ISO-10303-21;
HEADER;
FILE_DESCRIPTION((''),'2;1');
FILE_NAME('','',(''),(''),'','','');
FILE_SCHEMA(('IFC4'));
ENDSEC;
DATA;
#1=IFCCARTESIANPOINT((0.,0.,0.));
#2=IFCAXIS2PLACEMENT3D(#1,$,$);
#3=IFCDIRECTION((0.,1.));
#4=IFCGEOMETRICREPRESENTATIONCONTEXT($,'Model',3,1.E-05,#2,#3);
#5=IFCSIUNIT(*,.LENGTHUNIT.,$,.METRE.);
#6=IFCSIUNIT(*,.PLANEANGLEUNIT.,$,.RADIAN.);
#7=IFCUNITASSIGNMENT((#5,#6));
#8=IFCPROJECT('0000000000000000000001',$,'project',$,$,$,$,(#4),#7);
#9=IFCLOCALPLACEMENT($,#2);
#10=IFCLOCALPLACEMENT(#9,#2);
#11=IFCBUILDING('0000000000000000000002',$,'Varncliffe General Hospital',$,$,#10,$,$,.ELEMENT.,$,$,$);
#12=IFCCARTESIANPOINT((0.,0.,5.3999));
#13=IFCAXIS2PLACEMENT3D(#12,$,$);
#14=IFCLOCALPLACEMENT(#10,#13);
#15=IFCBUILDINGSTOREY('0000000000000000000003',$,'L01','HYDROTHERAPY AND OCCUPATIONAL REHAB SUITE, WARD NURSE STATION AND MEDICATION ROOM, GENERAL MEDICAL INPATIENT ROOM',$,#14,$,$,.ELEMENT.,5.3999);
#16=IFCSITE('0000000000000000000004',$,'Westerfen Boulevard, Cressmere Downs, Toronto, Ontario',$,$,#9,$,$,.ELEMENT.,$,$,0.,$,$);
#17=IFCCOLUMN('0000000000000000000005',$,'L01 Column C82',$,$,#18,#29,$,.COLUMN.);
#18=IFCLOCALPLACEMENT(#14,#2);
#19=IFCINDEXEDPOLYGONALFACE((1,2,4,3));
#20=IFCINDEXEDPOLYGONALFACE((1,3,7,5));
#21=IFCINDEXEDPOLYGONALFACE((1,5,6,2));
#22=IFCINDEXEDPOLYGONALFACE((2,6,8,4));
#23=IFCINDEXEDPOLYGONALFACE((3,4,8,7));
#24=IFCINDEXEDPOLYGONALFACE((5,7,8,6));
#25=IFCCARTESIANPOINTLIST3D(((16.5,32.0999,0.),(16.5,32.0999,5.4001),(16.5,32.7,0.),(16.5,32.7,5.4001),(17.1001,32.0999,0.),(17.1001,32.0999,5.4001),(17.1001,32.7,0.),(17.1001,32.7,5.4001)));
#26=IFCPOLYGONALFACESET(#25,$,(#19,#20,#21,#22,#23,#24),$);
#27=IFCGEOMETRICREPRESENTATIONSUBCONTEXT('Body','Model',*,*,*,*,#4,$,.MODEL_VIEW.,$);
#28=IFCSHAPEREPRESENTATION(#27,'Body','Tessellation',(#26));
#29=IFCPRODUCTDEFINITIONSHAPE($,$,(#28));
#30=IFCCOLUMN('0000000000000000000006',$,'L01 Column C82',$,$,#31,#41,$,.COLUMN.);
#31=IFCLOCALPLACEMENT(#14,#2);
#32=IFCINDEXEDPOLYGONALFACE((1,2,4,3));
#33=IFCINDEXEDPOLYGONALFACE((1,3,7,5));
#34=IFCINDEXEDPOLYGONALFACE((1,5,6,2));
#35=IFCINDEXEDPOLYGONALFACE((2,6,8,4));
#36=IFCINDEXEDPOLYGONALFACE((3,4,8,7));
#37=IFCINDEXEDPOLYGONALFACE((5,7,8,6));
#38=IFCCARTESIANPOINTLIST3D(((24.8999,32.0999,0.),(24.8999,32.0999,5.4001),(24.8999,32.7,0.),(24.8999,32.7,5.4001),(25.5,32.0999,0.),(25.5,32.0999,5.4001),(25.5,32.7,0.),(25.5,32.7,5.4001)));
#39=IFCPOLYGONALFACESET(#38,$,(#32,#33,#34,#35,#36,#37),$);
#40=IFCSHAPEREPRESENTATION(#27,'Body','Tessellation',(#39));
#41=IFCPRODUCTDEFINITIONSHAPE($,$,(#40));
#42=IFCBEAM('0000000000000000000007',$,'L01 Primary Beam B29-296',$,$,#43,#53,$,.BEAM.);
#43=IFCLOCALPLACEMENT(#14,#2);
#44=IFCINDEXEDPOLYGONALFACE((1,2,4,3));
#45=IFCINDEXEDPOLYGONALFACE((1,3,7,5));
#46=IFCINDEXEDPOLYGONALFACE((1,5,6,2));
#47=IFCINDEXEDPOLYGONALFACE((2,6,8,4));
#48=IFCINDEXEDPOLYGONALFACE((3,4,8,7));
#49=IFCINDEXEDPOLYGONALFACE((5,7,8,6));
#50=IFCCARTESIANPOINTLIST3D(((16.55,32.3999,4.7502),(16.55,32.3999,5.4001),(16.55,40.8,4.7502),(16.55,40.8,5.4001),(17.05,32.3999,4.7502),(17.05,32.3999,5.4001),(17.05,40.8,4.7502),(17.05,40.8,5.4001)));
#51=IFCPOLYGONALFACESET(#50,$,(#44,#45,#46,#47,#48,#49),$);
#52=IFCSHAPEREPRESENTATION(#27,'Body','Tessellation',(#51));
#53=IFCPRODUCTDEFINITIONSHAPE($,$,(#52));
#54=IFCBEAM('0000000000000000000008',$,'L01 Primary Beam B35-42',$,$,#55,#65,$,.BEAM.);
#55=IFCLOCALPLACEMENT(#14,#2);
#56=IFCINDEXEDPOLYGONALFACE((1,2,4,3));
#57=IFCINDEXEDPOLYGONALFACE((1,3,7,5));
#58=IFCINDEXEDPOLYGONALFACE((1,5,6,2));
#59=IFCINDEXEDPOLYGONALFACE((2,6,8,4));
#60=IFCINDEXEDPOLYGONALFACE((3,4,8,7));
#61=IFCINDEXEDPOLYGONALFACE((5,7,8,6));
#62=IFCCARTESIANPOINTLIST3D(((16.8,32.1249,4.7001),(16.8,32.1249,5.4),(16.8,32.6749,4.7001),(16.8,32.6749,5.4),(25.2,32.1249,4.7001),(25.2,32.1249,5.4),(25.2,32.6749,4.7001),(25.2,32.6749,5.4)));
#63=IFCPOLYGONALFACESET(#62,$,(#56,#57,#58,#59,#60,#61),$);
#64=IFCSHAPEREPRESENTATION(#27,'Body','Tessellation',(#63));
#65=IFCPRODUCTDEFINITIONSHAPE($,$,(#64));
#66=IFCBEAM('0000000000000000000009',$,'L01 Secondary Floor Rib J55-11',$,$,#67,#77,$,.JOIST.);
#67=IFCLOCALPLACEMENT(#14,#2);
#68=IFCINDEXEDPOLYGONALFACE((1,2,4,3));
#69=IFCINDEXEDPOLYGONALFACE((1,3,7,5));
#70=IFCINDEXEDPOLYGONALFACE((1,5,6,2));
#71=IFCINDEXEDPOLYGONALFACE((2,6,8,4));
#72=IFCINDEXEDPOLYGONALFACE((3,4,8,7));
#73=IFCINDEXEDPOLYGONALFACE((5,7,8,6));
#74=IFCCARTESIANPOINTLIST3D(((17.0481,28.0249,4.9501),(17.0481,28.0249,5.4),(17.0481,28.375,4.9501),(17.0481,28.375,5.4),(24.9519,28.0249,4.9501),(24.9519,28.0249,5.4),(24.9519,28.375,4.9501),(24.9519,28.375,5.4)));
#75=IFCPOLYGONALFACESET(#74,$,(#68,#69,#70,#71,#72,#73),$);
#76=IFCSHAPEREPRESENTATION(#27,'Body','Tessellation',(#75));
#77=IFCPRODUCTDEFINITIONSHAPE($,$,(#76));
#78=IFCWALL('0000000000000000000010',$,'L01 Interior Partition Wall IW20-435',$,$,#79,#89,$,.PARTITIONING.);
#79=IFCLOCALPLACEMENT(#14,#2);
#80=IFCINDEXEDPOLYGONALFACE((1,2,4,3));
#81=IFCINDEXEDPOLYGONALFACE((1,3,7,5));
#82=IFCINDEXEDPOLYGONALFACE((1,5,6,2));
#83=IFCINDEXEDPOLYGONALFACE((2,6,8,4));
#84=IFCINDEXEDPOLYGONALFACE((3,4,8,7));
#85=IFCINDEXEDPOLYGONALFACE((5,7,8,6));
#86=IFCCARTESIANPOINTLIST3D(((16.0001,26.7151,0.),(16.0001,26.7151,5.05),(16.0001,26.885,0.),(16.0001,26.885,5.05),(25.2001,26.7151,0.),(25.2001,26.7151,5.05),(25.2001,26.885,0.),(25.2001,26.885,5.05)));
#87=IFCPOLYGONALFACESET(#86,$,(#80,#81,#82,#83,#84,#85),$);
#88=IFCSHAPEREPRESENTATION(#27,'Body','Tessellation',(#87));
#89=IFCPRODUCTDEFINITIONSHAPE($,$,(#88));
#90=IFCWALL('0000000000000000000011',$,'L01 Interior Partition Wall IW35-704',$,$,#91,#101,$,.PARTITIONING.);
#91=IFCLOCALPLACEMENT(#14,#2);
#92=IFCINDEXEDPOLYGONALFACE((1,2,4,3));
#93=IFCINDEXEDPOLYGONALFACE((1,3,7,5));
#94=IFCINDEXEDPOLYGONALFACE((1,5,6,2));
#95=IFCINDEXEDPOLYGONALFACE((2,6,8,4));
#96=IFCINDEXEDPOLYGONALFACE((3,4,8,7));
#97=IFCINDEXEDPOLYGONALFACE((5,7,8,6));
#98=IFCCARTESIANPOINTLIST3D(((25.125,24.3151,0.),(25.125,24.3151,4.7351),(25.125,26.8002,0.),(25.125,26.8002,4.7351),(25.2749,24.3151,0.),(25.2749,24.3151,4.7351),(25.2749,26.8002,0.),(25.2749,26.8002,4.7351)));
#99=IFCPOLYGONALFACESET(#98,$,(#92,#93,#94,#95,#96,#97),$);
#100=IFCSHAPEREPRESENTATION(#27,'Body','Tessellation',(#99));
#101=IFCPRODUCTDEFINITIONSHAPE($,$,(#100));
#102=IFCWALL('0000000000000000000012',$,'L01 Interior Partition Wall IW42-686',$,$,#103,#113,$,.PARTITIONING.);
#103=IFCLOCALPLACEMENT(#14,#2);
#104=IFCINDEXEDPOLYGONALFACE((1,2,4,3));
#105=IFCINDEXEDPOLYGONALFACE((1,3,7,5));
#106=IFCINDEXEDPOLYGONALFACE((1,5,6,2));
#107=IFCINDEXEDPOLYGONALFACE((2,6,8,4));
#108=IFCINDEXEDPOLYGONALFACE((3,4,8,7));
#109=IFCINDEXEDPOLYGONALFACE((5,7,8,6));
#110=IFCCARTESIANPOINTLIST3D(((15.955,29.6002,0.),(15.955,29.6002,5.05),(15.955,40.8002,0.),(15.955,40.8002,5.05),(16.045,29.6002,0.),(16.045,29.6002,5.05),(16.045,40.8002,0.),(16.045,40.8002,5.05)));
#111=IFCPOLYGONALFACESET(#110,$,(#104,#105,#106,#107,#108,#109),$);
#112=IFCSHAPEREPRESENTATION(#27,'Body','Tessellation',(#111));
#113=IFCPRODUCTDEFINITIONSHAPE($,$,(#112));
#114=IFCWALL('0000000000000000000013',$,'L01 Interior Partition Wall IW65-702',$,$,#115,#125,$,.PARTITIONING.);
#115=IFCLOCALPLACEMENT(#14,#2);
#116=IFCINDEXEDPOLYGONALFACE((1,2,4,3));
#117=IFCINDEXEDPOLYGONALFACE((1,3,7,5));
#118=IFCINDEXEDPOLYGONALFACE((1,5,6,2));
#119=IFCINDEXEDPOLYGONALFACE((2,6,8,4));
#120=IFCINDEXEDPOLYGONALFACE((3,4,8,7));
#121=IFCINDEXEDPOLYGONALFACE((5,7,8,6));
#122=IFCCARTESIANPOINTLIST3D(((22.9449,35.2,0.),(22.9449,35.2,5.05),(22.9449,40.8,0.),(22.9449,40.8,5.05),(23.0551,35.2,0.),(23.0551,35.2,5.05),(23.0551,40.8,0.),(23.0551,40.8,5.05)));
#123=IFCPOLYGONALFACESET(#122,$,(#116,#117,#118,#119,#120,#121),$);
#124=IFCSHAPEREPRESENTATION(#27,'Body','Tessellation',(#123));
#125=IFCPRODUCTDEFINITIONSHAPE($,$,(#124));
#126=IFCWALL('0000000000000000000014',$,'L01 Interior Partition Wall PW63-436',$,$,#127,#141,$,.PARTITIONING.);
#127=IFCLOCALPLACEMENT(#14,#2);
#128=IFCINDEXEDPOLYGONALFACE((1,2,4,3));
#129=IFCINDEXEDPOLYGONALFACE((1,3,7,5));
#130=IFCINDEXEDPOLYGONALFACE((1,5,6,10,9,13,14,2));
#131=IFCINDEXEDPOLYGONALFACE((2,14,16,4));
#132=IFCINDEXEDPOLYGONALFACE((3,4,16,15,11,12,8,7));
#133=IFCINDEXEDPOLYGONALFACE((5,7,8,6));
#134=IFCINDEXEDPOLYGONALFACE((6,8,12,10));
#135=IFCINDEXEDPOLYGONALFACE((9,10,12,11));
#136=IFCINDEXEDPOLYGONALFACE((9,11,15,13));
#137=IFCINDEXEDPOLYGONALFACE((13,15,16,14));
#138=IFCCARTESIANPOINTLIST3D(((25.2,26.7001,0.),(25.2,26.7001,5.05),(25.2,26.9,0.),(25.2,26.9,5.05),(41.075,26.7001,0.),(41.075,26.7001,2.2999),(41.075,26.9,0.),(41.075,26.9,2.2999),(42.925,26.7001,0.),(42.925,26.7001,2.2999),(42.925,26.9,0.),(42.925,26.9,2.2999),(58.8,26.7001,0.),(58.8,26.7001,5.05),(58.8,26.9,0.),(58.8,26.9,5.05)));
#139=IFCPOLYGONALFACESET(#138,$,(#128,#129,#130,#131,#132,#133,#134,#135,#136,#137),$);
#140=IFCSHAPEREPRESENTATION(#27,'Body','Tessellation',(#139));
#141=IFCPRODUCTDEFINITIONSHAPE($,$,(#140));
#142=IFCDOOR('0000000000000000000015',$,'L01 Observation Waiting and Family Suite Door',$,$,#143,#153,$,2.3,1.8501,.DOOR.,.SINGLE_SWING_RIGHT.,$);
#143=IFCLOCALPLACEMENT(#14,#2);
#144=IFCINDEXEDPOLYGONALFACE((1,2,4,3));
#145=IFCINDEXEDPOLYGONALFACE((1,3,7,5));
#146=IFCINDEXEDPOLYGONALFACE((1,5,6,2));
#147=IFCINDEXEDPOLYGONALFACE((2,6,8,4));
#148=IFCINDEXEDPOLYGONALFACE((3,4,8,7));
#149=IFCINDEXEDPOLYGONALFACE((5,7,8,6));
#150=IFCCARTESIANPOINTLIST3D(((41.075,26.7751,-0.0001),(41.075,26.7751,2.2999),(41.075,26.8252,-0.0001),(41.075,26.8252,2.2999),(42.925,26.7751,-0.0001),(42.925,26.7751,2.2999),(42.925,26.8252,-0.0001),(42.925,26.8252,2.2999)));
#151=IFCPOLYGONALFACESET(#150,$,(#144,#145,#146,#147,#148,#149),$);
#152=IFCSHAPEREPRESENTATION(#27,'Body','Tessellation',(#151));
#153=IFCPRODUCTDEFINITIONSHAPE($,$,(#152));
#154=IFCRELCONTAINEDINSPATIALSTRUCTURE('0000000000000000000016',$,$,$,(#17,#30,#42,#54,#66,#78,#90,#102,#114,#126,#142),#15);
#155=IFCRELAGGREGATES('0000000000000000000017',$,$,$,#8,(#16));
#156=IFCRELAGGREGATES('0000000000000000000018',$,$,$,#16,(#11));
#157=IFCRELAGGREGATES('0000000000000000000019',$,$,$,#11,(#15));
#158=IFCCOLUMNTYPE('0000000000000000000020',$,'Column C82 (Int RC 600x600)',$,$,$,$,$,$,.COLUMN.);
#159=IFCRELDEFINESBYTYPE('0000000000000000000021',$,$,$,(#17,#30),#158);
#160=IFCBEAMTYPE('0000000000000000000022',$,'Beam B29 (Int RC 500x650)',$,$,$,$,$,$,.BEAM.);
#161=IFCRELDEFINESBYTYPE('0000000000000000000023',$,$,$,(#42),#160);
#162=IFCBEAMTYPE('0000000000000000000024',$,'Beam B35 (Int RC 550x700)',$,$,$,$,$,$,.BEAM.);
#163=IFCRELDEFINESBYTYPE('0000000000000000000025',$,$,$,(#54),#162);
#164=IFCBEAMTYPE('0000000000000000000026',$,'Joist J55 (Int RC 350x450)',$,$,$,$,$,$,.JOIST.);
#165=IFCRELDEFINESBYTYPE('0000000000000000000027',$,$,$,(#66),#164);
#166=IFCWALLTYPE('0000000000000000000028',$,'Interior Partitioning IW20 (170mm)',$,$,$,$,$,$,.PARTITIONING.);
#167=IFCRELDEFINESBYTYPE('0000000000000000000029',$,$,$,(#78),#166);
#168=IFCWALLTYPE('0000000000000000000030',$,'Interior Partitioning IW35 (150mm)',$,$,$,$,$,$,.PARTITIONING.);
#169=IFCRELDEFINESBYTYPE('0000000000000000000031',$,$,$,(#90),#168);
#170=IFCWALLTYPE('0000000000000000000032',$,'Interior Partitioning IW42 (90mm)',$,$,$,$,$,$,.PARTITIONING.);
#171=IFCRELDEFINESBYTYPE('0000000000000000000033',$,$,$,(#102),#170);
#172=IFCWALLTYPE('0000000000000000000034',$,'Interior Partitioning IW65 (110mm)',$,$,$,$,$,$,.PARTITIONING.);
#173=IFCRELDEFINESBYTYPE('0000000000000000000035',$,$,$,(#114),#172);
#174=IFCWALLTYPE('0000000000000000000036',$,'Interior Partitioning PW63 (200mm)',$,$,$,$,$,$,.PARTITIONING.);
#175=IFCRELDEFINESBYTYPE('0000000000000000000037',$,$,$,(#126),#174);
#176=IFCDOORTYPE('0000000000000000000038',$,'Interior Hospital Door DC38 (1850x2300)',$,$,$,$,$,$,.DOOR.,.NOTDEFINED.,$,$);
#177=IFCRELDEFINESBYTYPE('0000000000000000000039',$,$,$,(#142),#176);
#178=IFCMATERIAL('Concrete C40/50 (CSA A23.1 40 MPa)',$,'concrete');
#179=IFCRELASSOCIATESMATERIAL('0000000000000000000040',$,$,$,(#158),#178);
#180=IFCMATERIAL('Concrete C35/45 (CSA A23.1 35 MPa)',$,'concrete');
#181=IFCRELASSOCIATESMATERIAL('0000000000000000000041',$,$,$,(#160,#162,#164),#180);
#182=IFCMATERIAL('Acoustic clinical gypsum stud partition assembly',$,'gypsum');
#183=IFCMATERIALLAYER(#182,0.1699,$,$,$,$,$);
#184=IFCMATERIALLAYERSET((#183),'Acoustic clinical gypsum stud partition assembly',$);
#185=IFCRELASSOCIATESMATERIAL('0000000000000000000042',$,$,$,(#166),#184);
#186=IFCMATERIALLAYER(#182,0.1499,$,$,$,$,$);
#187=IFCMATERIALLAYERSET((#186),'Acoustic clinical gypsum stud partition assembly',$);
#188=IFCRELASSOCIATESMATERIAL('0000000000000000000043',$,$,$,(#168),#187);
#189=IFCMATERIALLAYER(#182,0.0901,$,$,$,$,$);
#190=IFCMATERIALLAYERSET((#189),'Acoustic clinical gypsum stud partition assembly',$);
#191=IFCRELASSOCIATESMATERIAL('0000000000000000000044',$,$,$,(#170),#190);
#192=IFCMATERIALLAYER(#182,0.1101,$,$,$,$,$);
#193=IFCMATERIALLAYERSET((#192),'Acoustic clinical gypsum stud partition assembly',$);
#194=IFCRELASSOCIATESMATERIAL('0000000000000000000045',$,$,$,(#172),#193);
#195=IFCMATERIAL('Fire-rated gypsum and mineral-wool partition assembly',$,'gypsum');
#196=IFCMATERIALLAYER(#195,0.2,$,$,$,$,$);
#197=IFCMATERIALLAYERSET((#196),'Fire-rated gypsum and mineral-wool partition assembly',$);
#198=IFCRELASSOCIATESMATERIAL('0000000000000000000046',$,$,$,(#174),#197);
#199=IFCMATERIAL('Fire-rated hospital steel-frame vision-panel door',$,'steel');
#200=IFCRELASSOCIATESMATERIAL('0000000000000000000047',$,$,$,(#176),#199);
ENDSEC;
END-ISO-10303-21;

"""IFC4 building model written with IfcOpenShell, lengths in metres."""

from ifc_helpers import new_model, si_unit, direction, frame, frame_2d, origin, origin_2d, place, context, subcontext, project, spatial, rectangle, extrude, material, layer, layer_set, material_profile, profile_set, type_object, element, fill, save


model = new_model("IFC4")

# Units and contexts
model_context = context("Model", 3, precision=1e-05, world=origin(), true_north=direction((0.0, 1.0)))
body_context = subcontext(model_context, "Body", "Model", "MODEL_VIEW")
ifc_project = project(units=[si_unit("LENGTHUNIT", "METRE"), si_unit("PLANEANGLEUNIT", "RADIAN")], contexts=[model_context])

# Site, building, storey
site_placement = place(None, origin())
site = spatial("IfcSite", under=ifc_project, at=site_placement, Name="Westerfen Boulevard, Cressmere Downs, Toronto, Ontario", CompositionType="ELEMENT", RefElevation=0.0)
building_placement = place(site_placement, origin())
building = spatial("IfcBuilding", under=site, at=building_placement, Name="Varncliffe General Hospital", CompositionType="ELEMENT")
storey_placement = place(building_placement, frame((0.0, 0.0, 5.3999)))
storey = spatial("IfcBuildingStorey", under=building, at=storey_placement, Name="L01", Description="HYDROTHERAPY AND OCCUPATIONAL REHAB SUITE, WARD NURSE STATION AND MEDICATION ROOM, GENERAL MEDICAL INPATIENT ROOM", CompositionType="ELEMENT", Elevation=5.3999)

# Columns
ifc_material_1 = material(Name="Concrete C40/50 (CSA A23.1 40 MPa)", Category="concrete")
ifc_material_profile_1 = material_profile(ifc_material_1, rectangle(XDim=0.6001, YDim=0.6001, at=origin_2d()), Name="RC 600x600")
ifc_profile_set_1 = profile_set([ifc_material_profile_1], Name="Concrete C40/50 (CSA A23.1 40 MPa)")
column_type = type_object("IfcColumnType", Name="Column C82 (Int RC 600x600)", PredefinedType="COLUMN", material=ifc_profile_set_1)
for number, where, z_axis, x_axis, name in (
    (1, (16.8, 32.3999, 0.0), (0.0, 0.0, 1.0), (1.0, 0.0, 0.0), "L01 Column C82"),
    (2, (25.2, 32.3999, 0.0), (0.0, 0.0, 1.0), (1.0, 0.0, 0.0), "L01 Column C82"),
):
    element("IfcColumn", number, at=place(storey_placement, frame(where, z_axis=z_axis, x_axis=x_axis)), inside=storey, type_object=column_type, Name=name, PredefinedType="COLUMN", context=body_context, shape_type="SweptSolid", body=[
        extrude(rectangle(XDim=0.6001, YDim=0.6001, at=origin_2d()), origin(), (0.0, 0.0, 1.0), 5.4001),
    ])

# Beams
ifc_material_2 = material(Name="Concrete C35/45 (CSA A23.1 35 MPa)", Category="concrete")
ifc_material_profile_2 = material_profile(ifc_material_2, rectangle(XDim=0.5, YDim=0.6499, at=origin_2d()), Name="RC 500x650")
ifc_profile_set_2 = profile_set([ifc_material_profile_2], Name="Concrete C35/45 (CSA A23.1 35 MPa)")
beam_type_1 = type_object("IfcBeamType", Name="Beam B29 (Int RC 500x650)", PredefinedType="BEAM", material=ifc_profile_set_2)
beam_1_placement = place(storey_placement, frame((16.8, 32.3999, 5.0752), z_axis=(0.0, 1.0, 0.0), x_axis=(-1.0, 0.0, 0.0)))
element("IfcBeam", 3, at=beam_1_placement, inside=storey, type_object=beam_type_1, Name="L01 Primary Beam B29-296", PredefinedType="BEAM", context=body_context, shape_type="SweptSolid", body=[
    extrude(rectangle(XDim=0.5, YDim=0.6499, at=origin_2d()), origin(), (0.0, 0.0, 1.0), 8.4001),
])
ifc_material_profile_3 = material_profile(ifc_material_2, rectangle(XDim=0.55, YDim=0.7, at=origin_2d()), Name="RC 550x700")
ifc_profile_set_3 = profile_set([ifc_material_profile_3], Name="Concrete C35/45 (CSA A23.1 35 MPa)")
beam_type_2 = type_object("IfcBeamType", Name="Beam B35 (Int RC 550x700)", PredefinedType="BEAM", material=ifc_profile_set_3)
beam_2_placement = place(storey_placement, frame((16.8, 32.3999, 5.05), z_axis=(1.0, 0.0, 0.0), x_axis=(0.0, 1.0, 0.0)))
element("IfcBeam", 4, at=beam_2_placement, inside=storey, type_object=beam_type_2, Name="L01 Primary Beam B35-42", PredefinedType="BEAM", context=body_context, shape_type="SweptSolid", body=[
    extrude(rectangle(XDim=0.55, YDim=0.7, at=origin_2d()), origin(), (0.0, 0.0, 1.0), 8.3999),
])
ifc_material_profile_4 = material_profile(ifc_material_2, rectangle(XDim=0.3501, YDim=0.45, at=origin_2d()), Name="RC 350x450")
ifc_profile_set_4 = profile_set([ifc_material_profile_4], Name="Concrete C35/45 (CSA A23.1 35 MPa)")
beam_type_3 = type_object("IfcBeamType", Name="Joist J55 (Int RC 350x450)", PredefinedType="JOIST", material=ifc_profile_set_4)
beam_3_placement = place(storey_placement, frame((17.0481, 28.2, 5.175), z_axis=(1.0, 0.0, 0.0), x_axis=(0.0, 1.0, 0.0)))
element("IfcBeam", 5, at=beam_3_placement, inside=storey, type_object=beam_type_3, Name="L01 Secondary Floor Rib J55-11", PredefinedType="JOIST", context=body_context, shape_type="SweptSolid", body=[
    extrude(rectangle(XDim=0.3501, YDim=0.45, at=origin_2d()), origin(), (0.0, 0.0, 1.0), 7.9038),
])

# Walls
ifc_material_3 = material(Name="Acoustic clinical gypsum stud partition assembly", Category="gypsum")
ifc_layer_1 = layer(ifc_material_3, 0.1699)
ifc_layer_set_1 = layer_set([ifc_layer_1], Name="Acoustic clinical gypsum stud partition assembly")
wall_type_1 = type_object("IfcWallType", Name="Interior Partitioning IW20 (170mm)", PredefinedType="PARTITIONING", material=ifc_layer_set_1)
wall_1_placement = place(storey_placement, frame((16.0, 26.8, 0.0), z_axis=(0.0, 0.0, 1.0), x_axis=(1.0, 0.0, 0.0)))
element("IfcWall", 6, at=wall_1_placement, inside=storey, type_object=wall_type_1, Name="L01 Interior Partition Wall IW20-435", PredefinedType="PARTITIONING", context=body_context, shape_type="SweptSolid", body=[
    extrude(rectangle(XDim=9.2, YDim=0.1699, at=frame_2d((4.6001, 0.0))), origin(), (0.0, 0.0, 1.0), 5.05),
])
ifc_layer_2 = layer(ifc_material_3, 0.1499)
ifc_layer_set_2 = layer_set([ifc_layer_2], Name="Acoustic clinical gypsum stud partition assembly")
wall_type_2 = type_object("IfcWallType", Name="Interior Partitioning IW35 (150mm)", PredefinedType="PARTITIONING", material=ifc_layer_set_2)
wall_2_placement = place(storey_placement, frame((25.2, 24.3149, 0.0), z_axis=(0.0, 0.0, 1.0), x_axis=(0.0, 1.0, 0.0)))
element("IfcWall", 7, at=wall_2_placement, inside=storey, type_object=wall_type_2, Name="L01 Interior Partition Wall IW35-704", PredefinedType="PARTITIONING", context=body_context, shape_type="SweptSolid", body=[
    extrude(rectangle(XDim=2.4851, YDim=0.1499, at=frame_2d((1.2427, 0.0))), origin(), (0.0, 0.0, 1.0), 4.7351),
])
ifc_layer_3 = layer(ifc_material_3, 0.0901)
ifc_layer_set_3 = layer_set([ifc_layer_3], Name="Acoustic clinical gypsum stud partition assembly")
wall_type_3 = type_object("IfcWallType", Name="Interior Partitioning IW42 (90mm)", PredefinedType="PARTITIONING", material=ifc_layer_set_3)
wall_3_placement = place(storey_placement, frame((16.0, 29.6001, 0.0), z_axis=(0.0, 0.0, 1.0), x_axis=(0.0, 1.0, 0.0)))
element("IfcWall", 8, at=wall_3_placement, inside=storey, type_object=wall_type_3, Name="L01 Interior Partition Wall IW42-686", PredefinedType="PARTITIONING", context=body_context, shape_type="SweptSolid", body=[
    extrude(rectangle(XDim=11.2, YDim=0.0901, at=frame_2d((5.6001, 0.0))), origin(), (0.0, 0.0, 1.0), 5.05),
])
ifc_layer_4 = layer(ifc_material_3, 0.1101)
ifc_layer_set_4 = layer_set([ifc_layer_4], Name="Acoustic clinical gypsum stud partition assembly")
wall_type_4 = type_object("IfcWallType", Name="Interior Partitioning IW65 (110mm)", PredefinedType="PARTITIONING", material=ifc_layer_set_4)
wall_4_placement = place(storey_placement, frame((23.0, 35.2, 0.0), z_axis=(0.0, 0.0, 1.0), x_axis=(0.0, 1.0, 0.0)))
element("IfcWall", 9, at=wall_4_placement, inside=storey, type_object=wall_type_4, Name="L01 Interior Partition Wall IW65-702", PredefinedType="PARTITIONING", context=body_context, shape_type="SweptSolid", body=[
    extrude(rectangle(XDim=5.6001, YDim=0.1101, at=frame_2d((2.8, 0.0))), origin(), (0.0, 0.0, 1.0), 5.05),
])

# Wall, opening, door
ifc_material_4 = material(Name="Fire-rated gypsum and mineral-wool partition assembly", Category="gypsum")
ifc_layer_5 = layer(ifc_material_4, 0.2)
ifc_layer_set_5 = layer_set([ifc_layer_5], Name="Fire-rated gypsum and mineral-wool partition assembly")
wall_type_5 = type_object("IfcWallType", Name="Interior Partitioning PW63 (200mm)", PredefinedType="PARTITIONING", material=ifc_layer_set_5)
wall_5_placement = place(storey_placement, frame((25.2, 26.8, 0.0), z_axis=(0.0, 0.0, 1.0), x_axis=(1.0, 0.0, 0.0)))
wall_5 = element("IfcWall", 10, at=wall_5_placement, inside=storey, type_object=wall_type_5, Name="L01 Interior Partition Wall PW63-436", PredefinedType="PARTITIONING", context=body_context, shape_type="SweptSolid", body=[
    extrude(rectangle(XDim=33.6001, YDim=0.2, at=frame_2d((16.8, 0.0))), origin(), (0.0, 0.0, 1.0), 5.05),
])
opening_1_placement = place(wall_5_placement, frame((15.875, 0.0, 0.0)))
opening_1 = element("IfcOpeningElement", 11, at=opening_1_placement, cuts=wall_5, PredefinedType="OPENING", context=body_context, shape_type="SweptSolid", body=[
    extrude(rectangle(XDim=1.8501, YDim=2.3, at=frame_2d((0.925, 1.1499))), frame((0.0, 0.1099, 0.0), z_axis=(0.0, -1.0, 0.0), x_axis=(1.0, 0.0, 0.0)), (0.0, 0.0, 1.0), 0.22),
])
ifc_material_5 = material(Name="Fire-rated hospital steel-frame vision-panel door", Category="steel")
door_type_1 = type_object("IfcDoorType", Name="Interior Hospital Door DC38 (1850x2300)", OperationType="NOTDEFINED", PredefinedType="DOOR", material=ifc_material_5)
door_1_placement = place(opening_1_placement, frame((1.8501, 0.0, 0.0), z_axis=(0.0, 0.0, 1.0), x_axis=(-1.0, 0.0, 0.0)))
door_1 = element("IfcDoor", 12, at=door_1_placement, inside=storey, type_object=door_type_1, Name="L01 Observation Waiting and Family Suite Door", OperationType="SINGLE_SWING_RIGHT", OverallHeight=2.3, OverallWidth=1.8501, PredefinedType="DOOR", context=body_context, shape_type="SweptSolid", body=[
    extrude(rectangle(XDim=1.8501, YDim=2.3, at=frame_2d((0.925, 1.1499))), frame((0.0, 0.0249, 0.0), z_axis=(0.0, -1.0, 0.0), x_axis=(1.0, 0.0, 0.0)), (0.0, 0.0, 1.0), 0.05),
])
fill(opening_1, door_1)

save(model, "model.ifc")
